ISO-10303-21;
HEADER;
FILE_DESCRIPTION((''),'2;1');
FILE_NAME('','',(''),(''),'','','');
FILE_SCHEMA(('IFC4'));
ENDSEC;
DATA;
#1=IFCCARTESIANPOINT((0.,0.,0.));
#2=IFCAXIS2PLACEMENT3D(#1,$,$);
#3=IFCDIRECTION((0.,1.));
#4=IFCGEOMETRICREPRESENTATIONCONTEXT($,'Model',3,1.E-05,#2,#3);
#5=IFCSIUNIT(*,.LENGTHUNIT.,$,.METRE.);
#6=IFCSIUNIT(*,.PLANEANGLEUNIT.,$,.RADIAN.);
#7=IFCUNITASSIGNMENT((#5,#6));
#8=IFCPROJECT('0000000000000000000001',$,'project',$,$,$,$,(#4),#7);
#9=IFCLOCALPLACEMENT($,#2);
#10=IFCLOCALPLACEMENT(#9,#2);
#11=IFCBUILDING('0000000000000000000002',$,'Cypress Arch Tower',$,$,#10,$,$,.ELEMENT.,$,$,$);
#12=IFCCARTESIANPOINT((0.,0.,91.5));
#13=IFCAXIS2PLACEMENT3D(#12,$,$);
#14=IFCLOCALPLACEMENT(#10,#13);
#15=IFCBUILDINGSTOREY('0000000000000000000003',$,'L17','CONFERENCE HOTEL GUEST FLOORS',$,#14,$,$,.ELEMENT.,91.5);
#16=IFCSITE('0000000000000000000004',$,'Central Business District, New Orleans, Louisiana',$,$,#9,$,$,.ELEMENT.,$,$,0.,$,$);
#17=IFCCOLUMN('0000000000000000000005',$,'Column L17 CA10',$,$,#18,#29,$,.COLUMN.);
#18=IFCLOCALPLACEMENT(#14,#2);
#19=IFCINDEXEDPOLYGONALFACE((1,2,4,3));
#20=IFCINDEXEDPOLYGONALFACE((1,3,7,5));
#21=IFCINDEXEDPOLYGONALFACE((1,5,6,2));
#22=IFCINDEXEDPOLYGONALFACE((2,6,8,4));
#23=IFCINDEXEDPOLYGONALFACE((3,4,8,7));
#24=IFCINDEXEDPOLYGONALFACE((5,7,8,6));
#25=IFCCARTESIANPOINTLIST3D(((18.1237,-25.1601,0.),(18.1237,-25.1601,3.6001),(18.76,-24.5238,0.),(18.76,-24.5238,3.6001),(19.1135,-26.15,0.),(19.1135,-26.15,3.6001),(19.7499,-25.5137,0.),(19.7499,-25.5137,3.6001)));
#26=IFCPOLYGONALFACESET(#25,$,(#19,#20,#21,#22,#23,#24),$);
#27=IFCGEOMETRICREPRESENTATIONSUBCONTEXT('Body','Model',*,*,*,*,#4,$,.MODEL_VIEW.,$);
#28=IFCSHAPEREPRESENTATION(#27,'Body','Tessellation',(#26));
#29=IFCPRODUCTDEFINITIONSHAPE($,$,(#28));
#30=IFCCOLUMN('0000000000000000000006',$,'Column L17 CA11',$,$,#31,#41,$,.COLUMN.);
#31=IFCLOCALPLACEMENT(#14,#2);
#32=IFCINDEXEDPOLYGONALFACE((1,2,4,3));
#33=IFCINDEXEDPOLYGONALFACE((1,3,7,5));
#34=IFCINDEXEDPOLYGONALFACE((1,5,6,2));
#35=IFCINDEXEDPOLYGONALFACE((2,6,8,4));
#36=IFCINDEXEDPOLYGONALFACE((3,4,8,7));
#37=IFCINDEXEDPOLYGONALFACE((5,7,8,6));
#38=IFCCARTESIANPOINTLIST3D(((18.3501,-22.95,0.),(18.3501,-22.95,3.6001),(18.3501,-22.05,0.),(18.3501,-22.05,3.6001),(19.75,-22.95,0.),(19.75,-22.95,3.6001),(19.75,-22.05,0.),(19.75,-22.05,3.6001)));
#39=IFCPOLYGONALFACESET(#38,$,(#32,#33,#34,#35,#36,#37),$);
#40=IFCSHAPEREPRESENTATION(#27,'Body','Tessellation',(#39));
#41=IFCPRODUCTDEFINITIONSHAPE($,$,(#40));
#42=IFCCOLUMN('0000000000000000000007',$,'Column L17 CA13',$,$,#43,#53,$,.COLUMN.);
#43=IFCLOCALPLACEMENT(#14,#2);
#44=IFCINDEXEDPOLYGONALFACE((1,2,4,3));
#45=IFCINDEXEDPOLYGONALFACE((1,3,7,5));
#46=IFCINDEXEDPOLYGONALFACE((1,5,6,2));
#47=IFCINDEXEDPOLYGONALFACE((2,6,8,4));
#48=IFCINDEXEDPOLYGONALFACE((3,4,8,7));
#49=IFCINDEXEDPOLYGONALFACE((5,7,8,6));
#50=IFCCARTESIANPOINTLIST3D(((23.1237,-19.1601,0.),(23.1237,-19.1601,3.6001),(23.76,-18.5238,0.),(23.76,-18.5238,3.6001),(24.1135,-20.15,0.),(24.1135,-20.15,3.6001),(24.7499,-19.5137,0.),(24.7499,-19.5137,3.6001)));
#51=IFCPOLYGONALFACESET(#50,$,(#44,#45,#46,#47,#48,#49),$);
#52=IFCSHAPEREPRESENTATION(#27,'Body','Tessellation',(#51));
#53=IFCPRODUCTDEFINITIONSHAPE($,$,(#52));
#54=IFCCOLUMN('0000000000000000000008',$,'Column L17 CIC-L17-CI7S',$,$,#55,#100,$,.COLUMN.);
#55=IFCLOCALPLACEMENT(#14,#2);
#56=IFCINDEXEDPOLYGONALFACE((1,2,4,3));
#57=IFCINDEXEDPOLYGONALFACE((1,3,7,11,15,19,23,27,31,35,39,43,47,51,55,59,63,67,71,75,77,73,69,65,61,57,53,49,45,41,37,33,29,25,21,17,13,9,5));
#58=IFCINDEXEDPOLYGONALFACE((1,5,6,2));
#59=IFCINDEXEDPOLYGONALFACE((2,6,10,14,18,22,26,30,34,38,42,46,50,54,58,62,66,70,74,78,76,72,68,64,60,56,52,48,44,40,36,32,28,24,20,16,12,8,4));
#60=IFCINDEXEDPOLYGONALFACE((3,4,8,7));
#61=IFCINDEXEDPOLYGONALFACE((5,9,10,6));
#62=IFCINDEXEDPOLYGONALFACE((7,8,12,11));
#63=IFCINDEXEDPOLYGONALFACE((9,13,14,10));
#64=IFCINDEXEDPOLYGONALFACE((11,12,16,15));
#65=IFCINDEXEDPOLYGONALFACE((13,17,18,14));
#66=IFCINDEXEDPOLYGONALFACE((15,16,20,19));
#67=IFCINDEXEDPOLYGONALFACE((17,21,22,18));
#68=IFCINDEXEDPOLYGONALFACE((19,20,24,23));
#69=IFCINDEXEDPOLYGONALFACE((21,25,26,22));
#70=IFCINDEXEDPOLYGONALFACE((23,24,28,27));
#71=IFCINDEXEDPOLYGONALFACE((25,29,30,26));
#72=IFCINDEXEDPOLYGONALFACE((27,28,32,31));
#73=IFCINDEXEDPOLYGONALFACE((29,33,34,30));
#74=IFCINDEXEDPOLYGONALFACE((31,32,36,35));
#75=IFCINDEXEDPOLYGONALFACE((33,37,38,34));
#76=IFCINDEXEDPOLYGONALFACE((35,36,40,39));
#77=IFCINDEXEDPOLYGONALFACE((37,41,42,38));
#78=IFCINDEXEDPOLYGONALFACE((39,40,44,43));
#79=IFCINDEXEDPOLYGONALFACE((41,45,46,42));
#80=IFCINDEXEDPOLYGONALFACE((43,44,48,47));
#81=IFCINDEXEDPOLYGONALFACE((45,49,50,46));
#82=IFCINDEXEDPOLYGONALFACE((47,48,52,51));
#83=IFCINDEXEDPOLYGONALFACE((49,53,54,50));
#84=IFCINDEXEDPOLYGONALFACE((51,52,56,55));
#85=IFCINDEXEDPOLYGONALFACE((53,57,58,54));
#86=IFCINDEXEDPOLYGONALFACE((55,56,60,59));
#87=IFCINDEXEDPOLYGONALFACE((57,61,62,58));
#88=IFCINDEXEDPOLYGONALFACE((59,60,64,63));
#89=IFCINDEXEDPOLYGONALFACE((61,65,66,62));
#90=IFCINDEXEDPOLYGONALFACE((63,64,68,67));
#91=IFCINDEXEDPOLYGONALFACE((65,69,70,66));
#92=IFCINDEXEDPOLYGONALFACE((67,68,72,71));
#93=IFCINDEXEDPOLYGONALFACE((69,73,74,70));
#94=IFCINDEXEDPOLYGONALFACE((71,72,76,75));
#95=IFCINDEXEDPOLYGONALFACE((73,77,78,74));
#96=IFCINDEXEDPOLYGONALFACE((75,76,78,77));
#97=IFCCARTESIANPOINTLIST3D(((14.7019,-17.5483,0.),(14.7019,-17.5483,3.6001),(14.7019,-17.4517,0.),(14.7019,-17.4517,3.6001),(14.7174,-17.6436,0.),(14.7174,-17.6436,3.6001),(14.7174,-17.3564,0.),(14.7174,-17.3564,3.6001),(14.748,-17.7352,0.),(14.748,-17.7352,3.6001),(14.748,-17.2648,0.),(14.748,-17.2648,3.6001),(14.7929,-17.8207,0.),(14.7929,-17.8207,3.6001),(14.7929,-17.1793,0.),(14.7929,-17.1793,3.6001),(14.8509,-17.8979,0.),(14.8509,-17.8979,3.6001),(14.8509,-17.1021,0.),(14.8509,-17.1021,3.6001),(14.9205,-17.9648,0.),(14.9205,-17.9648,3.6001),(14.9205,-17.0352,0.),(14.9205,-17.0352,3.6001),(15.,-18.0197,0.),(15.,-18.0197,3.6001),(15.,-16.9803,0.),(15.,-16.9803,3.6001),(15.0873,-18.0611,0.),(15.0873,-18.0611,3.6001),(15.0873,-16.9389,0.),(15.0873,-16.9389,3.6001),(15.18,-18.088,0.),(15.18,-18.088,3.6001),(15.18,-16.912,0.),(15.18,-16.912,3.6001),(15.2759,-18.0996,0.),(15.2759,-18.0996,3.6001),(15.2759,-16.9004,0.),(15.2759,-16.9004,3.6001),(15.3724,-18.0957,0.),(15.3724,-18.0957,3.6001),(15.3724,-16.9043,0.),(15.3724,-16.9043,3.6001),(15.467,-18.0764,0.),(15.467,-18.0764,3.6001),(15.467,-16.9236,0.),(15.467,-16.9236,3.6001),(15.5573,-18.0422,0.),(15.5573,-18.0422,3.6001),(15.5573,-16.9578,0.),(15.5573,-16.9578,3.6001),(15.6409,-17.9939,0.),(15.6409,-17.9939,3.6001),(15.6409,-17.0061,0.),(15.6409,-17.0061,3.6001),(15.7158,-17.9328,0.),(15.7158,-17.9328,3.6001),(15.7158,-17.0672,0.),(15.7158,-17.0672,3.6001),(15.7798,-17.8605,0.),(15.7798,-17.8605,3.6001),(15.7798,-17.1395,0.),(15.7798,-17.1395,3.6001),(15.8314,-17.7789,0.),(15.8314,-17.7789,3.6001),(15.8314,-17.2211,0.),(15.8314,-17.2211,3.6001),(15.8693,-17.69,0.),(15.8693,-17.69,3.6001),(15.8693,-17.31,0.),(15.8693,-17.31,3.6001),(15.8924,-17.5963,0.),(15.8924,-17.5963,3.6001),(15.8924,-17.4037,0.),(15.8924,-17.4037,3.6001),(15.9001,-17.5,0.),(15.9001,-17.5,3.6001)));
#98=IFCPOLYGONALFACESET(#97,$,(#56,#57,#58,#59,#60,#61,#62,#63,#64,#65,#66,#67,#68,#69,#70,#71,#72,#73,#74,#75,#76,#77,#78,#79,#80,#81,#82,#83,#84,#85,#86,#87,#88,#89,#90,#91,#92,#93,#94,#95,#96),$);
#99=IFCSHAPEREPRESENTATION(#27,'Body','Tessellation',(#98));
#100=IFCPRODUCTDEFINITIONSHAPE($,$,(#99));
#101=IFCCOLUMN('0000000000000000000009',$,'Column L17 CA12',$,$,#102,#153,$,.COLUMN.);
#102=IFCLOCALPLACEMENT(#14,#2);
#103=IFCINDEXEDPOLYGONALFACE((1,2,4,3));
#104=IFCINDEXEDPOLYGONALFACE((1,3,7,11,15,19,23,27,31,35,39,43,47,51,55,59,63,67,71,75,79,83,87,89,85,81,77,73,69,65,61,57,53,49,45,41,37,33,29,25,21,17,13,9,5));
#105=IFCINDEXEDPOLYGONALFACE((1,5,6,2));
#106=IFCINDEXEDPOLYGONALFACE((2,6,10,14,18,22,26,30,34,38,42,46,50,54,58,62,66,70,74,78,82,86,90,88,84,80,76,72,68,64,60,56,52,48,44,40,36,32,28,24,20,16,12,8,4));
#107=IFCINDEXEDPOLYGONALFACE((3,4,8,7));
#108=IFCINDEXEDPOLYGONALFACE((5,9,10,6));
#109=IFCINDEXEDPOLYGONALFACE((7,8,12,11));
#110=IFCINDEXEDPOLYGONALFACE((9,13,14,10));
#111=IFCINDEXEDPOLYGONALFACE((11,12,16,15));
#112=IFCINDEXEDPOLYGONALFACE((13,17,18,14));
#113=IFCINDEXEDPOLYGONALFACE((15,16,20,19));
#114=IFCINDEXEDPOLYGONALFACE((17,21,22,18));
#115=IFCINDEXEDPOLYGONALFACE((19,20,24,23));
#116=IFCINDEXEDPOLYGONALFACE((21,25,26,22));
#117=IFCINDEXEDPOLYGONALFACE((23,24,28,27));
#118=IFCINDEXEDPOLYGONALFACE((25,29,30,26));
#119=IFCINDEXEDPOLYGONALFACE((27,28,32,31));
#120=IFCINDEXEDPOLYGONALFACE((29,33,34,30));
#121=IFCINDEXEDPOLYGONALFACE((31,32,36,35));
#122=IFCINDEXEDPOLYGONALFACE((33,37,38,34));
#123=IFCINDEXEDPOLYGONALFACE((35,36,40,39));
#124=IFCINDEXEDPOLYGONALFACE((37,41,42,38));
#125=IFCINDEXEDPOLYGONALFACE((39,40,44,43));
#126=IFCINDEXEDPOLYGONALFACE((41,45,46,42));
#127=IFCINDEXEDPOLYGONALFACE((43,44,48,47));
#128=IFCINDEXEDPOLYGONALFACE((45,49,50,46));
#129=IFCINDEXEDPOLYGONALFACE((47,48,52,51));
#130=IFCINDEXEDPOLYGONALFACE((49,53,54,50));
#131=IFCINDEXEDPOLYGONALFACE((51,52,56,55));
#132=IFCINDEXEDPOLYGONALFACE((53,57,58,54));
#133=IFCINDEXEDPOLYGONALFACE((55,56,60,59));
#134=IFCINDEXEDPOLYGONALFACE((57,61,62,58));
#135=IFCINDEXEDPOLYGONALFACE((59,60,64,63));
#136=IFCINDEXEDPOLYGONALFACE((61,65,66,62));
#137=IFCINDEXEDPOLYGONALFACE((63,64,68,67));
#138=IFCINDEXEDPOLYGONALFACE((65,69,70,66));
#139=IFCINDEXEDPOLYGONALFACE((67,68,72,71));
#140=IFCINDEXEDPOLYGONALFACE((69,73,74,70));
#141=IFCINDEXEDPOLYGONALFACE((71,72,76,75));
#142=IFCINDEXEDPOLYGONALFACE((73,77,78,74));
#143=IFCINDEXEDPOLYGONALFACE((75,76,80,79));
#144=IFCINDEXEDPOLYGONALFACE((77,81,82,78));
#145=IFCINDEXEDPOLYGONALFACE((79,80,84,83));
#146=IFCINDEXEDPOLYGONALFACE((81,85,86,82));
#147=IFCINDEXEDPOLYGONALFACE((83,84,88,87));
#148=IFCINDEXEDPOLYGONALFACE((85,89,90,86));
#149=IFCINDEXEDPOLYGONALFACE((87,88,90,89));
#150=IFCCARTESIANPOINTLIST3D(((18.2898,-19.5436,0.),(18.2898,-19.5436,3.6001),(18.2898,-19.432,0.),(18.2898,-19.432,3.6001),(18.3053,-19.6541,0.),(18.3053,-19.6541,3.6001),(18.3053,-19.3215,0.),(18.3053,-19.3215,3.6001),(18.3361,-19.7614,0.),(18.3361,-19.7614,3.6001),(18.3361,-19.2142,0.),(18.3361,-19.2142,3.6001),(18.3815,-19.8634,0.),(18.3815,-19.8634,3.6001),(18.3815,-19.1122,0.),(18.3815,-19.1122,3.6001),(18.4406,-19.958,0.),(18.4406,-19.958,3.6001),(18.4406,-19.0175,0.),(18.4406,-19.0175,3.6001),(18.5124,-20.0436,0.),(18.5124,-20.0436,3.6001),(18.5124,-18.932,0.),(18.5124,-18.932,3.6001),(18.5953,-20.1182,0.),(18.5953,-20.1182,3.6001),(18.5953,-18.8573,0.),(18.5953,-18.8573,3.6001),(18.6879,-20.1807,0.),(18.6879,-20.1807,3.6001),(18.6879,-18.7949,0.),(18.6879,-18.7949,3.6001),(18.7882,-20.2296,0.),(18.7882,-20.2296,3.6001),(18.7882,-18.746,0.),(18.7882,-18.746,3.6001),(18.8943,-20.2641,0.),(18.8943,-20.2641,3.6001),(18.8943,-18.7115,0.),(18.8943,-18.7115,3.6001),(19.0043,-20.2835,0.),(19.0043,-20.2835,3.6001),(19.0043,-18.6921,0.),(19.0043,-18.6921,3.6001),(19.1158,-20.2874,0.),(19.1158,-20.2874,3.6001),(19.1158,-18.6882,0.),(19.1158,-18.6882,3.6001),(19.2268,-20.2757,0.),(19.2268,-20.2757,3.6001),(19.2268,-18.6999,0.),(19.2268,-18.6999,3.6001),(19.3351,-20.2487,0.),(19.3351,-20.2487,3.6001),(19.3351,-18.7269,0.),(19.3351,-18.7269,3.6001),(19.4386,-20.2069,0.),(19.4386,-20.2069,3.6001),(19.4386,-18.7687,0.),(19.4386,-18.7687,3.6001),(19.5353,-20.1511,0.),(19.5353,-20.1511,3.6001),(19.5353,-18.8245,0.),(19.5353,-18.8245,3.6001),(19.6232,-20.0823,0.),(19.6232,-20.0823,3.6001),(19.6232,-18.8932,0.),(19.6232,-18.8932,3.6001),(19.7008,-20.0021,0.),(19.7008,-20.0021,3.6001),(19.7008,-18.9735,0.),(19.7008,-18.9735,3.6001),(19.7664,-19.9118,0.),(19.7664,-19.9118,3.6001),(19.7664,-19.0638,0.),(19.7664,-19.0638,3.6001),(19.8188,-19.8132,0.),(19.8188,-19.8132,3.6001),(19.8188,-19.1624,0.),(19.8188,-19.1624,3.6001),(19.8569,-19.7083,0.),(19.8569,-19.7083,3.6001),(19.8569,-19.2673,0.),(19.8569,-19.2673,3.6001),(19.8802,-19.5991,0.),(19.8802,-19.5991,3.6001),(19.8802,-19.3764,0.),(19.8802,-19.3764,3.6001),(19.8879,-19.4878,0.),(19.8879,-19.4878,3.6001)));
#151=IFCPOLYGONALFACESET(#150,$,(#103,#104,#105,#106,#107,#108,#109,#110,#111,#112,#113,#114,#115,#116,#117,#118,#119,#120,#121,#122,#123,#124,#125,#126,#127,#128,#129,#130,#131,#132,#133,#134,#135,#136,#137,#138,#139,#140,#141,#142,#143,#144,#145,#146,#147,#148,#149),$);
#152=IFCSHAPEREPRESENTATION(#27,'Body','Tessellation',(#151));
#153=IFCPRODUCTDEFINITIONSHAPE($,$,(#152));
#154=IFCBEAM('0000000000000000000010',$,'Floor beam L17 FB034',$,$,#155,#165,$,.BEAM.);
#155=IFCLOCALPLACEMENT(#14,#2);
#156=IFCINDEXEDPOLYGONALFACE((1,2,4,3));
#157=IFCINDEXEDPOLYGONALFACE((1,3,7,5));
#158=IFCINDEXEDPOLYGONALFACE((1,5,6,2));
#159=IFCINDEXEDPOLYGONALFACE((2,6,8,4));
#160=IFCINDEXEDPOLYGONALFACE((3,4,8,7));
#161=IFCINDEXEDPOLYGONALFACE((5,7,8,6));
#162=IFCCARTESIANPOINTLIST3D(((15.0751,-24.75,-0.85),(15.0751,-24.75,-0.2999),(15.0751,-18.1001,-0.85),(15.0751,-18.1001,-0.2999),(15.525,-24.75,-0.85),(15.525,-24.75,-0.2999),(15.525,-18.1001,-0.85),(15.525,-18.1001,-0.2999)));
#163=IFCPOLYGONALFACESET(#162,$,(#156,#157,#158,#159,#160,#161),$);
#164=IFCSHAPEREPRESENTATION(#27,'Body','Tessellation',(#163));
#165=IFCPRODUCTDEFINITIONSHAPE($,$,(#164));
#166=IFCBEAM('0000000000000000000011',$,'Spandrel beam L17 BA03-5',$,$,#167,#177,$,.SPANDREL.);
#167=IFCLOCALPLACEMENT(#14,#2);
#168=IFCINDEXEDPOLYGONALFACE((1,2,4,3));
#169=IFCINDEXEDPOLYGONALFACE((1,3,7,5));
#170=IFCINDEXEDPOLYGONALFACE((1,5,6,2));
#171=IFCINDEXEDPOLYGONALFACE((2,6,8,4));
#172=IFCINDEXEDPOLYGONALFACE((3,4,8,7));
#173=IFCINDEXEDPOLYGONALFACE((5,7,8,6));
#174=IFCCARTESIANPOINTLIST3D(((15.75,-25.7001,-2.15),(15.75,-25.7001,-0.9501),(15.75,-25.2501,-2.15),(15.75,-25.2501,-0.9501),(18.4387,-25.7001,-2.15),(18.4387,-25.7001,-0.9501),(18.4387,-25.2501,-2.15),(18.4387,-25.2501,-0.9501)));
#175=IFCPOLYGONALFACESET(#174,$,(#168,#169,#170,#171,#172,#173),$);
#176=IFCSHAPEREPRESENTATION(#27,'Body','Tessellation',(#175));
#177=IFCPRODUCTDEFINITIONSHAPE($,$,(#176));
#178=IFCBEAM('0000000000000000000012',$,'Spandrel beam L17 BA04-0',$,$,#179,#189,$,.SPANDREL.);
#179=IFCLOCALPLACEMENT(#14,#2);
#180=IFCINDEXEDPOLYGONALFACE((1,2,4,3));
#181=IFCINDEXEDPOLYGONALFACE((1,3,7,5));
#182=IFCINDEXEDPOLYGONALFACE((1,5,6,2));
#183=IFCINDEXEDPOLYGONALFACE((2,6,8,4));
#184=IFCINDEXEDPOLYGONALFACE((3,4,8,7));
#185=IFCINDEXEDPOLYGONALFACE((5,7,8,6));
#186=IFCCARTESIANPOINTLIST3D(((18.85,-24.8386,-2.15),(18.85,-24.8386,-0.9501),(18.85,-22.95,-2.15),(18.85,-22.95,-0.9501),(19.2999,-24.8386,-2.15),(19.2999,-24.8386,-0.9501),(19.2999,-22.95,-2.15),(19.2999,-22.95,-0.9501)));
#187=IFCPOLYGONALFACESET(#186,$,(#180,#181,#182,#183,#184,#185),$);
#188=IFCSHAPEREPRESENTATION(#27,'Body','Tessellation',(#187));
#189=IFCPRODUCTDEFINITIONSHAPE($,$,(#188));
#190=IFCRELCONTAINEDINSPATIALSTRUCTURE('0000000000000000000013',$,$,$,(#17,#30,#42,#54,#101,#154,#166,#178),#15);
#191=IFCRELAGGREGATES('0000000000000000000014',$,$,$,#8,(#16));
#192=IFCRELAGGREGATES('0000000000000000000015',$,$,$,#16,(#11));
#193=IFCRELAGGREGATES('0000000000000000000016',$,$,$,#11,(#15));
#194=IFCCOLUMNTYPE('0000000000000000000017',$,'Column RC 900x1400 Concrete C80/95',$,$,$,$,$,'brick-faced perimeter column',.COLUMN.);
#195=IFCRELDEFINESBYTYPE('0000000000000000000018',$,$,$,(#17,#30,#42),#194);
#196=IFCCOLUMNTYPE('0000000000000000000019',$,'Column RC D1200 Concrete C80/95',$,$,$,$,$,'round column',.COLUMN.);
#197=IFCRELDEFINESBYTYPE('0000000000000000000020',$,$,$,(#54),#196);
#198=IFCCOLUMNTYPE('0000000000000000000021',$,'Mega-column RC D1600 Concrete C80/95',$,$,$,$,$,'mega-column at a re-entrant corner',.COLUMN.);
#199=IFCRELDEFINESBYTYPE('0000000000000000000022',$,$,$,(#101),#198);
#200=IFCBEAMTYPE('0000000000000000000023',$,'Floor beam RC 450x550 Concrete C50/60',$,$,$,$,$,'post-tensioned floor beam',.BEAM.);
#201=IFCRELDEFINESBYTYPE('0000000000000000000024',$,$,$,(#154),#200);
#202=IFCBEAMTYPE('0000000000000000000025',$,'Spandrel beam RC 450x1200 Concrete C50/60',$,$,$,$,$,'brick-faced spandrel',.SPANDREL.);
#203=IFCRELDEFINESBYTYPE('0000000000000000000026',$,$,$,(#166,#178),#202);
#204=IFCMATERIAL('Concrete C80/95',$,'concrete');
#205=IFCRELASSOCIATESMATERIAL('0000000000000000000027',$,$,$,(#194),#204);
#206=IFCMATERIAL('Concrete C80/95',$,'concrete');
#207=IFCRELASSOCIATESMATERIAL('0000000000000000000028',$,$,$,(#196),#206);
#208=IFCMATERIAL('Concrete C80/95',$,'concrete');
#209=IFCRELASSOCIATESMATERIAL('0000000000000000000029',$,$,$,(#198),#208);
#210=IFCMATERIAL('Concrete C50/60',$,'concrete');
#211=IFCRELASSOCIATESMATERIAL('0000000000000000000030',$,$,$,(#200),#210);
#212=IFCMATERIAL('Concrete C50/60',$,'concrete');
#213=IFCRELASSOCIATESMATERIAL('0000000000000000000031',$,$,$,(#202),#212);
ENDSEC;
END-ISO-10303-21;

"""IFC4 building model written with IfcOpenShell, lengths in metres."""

from ifc_helpers import new_model, si_unit, direction, frame, origin, origin_2d, place, context, subcontext, project, spatial, rectangle, circle, extrude, material, material_profile, profile_set, type_object, element, save


model = new_model("IFC4")

# Units and contexts
model_context = context("Model", 3, precision=1e-05, world=origin(), true_north=direction((0.0, 1.0)))
body_context = subcontext(model_context, "Body", "Model", "MODEL_VIEW")
ifc_project = project(units=[si_unit("LENGTHUNIT", "METRE"), si_unit("PLANEANGLEUNIT", "RADIAN")], contexts=[model_context])

# Site, building, storey
site_placement = place(None, origin())
site = spatial("IfcSite", under=ifc_project, at=site_placement, Name="Central Business District, New Orleans, Louisiana", CompositionType="ELEMENT", RefElevation=0.0)
building_placement = place(site_placement, origin())
building = spatial("IfcBuilding", under=site, at=building_placement, Name="Cypress Arch Tower", CompositionType="ELEMENT")
storey_placement = place(building_placement, frame((0.0, 0.0, 91.5)))
storey = spatial("IfcBuildingStorey", under=building, at=storey_placement, Name="L17", Description="CONFERENCE HOTEL GUEST FLOORS", CompositionType="ELEMENT", Elevation=91.5)

# Columns
ifc_material_1 = material(Name="Concrete C80/95", Category="concrete")
ifc_material_profile_1 = material_profile(ifc_material_1, rectangle(XDim=0.8999, YDim=1.3999, at=origin_2d()), Name="RC 900x1400")
ifc_profile_set_1 = profile_set([ifc_material_profile_1], Name="Concrete C80/95")
column_type_1 = type_object("IfcColumnType", Name="Column RC 900x1400 Concrete C80/95", ElementType="brick-faced perimeter column", PredefinedType="COLUMN", material=ifc_profile_set_1)
for number, where, z_axis, x_axis, name in (
    (1, (18.9368, -25.3369, 0.0), (0.0, 0.0, 1.0), (0.707107, 0.707107, 0.0), "Column L17 CA10"),
    (2, (19.05, -22.5, 0.0), (0.0, 0.0, 1.0), (0.0, 1.0, 0.0), "Column L17 CA11"),
    (3, (23.9368, -19.3369, 0.0), (0.0, 0.0, 1.0), (0.707107, 0.707107, 0.0), "Column L17 CA13"),
):
    element("IfcColumn", number, at=place(storey_placement, frame(where, z_axis=z_axis, x_axis=x_axis)), inside=storey, type_object=column_type_1, Name=name, PredefinedType="COLUMN", context=body_context, shape_type="SweptSolid", body=[
        extrude(rectangle(XDim=0.8999, YDim=1.3999, at=origin_2d()), origin(), (0.0, 0.0, 1.0), 3.6001),
    ])
ifc_material_2 = material(Name="Concrete C80/95", Category="concrete")
ifc_material_profile_2 = material_profile(ifc_material_2, circle(Radius=0.6001, at=origin_2d()), Name="RC D1200")
ifc_profile_set_2 = profile_set([ifc_material_profile_2], Name="Concrete C80/95")
column_type_2 = type_object("IfcColumnType", Name="Column RC D1200 Concrete C80/95", ElementType="round column", PredefinedType="COLUMN", material=ifc_profile_set_2)
column_1_placement = place(storey_placement, frame((15.3, -17.5, 0.0), z_axis=(0.0, 0.0, 1.0), x_axis=(1.0, 0.0, 0.0)))
element("IfcColumn", 4, at=column_1_placement, inside=storey, type_object=column_type_2, Name="Column L17 CIC-L17-CI7S", PredefinedType="COLUMN", context=body_context, shape_type="SweptSolid", body=[
    extrude(circle(Radius=0.6001, at=origin_2d()), origin(), (0.0, 0.0, 1.0), 3.6001),
])
ifc_material_3 = material(Name="Concrete C80/95", Category="concrete")
ifc_material_profile_3 = material_profile(ifc_material_3, circle(Radius=0.8, at=origin_2d()), Name="RC D1600")
ifc_profile_set_3 = profile_set([ifc_material_profile_3], Name="Concrete C80/95")
column_type_3 = type_object("IfcColumnType", Name="Mega-column RC D1600 Concrete C80/95", ElementType="mega-column at a re-entrant corner", PredefinedType="COLUMN", material=ifc_profile_set_3)
column_2_placement = place(storey_placement, frame((19.0879, -19.4878, 0.0), z_axis=(0.0, 0.0, 1.0), x_axis=(1.0, 0.0, 0.0)))
element("IfcColumn", 5, at=column_2_placement, inside=storey, type_object=column_type_3, Name="Column L17 CA12", PredefinedType="COLUMN", context=body_context, shape_type="SweptSolid", body=[
    extrude(circle(Radius=0.8, at=origin_2d()), origin(), (0.0, 0.0, 1.0), 3.6001),
])

# Beams
ifc_material_4 = material(Name="Concrete C50/60", Category="concrete")
ifc_material_profile_4 = material_profile(ifc_material_4, rectangle(XDim=0.45, YDim=0.55, at=origin_2d()), Name="RC 450x550")
ifc_profile_set_4 = profile_set([ifc_material_profile_4], Name="Concrete C50/60")
beam_type_1 = type_object("IfcBeamType", Name="Floor beam RC 450x550 Concrete C50/60", ElementType="post-tensioned floor beam", PredefinedType="BEAM", material=ifc_profile_set_4)
beam_1_placement = place(storey_placement, frame((15.3, -24.75, -0.575), z_axis=(0.0, 1.0, 0.0), x_axis=(-1.0, 0.0, 0.0)))
element("IfcBeam", 6, at=beam_1_placement, inside=storey, type_object=beam_type_1, Name="Floor beam L17 FB034", PredefinedType="BEAM", context=body_context, shape_type="SweptSolid", body=[
    extrude(rectangle(XDim=0.45, YDim=0.55, at=origin_2d()), origin(), (0.0, 0.0, 1.0), 6.6499),
])
ifc_material_5 = material(Name="Concrete C50/60", Category="concrete")
ifc_material_profile_5 = material_profile(ifc_material_5, rectangle(XDim=0.45, YDim=1.2, at=origin_2d()), Name="RC 450x1200")
ifc_profile_set_5 = profile_set([ifc_material_profile_5], Name="Concrete C50/60")
beam_type_2 = type_object("IfcBeamType", Name="Spandrel beam RC 450x1200 Concrete C50/60", ElementType="brick-faced spandrel", PredefinedType="SPANDREL", material=ifc_profile_set_5)
beam_2_placement = place(storey_placement, frame((15.75, -25.4751, -1.55), z_axis=(1.0, 0.0, 0.0), x_axis=(0.0, 1.0, 0.0)))
element("IfcBeam", 7, at=beam_2_placement, inside=storey, type_object=beam_type_2, Name="Spandrel beam L17 BA03-5", PredefinedType="SPANDREL", context=body_context, shape_type="SweptSolid", body=[
    extrude(rectangle(XDim=0.45, YDim=1.2, at=origin_2d()), origin(), (0.0, 0.0, 1.0), 2.6887),
])
beam_3_placement = place(storey_placement, frame((19.075, -24.8386, -1.55), z_axis=(0.0, 1.0, 0.0), x_axis=(-1.0, 0.0, 0.0)))
element("IfcBeam", 8, at=beam_3_placement, inside=storey, type_object=beam_type_2, Name="Spandrel beam L17 BA04-0", PredefinedType="SPANDREL", context=body_context, shape_type="SweptSolid", body=[
    extrude(rectangle(XDim=0.45, YDim=1.2, at=origin_2d()), origin(), (0.0, 0.0, 1.0), 1.8887),
])

save(model, "model.ifc")
